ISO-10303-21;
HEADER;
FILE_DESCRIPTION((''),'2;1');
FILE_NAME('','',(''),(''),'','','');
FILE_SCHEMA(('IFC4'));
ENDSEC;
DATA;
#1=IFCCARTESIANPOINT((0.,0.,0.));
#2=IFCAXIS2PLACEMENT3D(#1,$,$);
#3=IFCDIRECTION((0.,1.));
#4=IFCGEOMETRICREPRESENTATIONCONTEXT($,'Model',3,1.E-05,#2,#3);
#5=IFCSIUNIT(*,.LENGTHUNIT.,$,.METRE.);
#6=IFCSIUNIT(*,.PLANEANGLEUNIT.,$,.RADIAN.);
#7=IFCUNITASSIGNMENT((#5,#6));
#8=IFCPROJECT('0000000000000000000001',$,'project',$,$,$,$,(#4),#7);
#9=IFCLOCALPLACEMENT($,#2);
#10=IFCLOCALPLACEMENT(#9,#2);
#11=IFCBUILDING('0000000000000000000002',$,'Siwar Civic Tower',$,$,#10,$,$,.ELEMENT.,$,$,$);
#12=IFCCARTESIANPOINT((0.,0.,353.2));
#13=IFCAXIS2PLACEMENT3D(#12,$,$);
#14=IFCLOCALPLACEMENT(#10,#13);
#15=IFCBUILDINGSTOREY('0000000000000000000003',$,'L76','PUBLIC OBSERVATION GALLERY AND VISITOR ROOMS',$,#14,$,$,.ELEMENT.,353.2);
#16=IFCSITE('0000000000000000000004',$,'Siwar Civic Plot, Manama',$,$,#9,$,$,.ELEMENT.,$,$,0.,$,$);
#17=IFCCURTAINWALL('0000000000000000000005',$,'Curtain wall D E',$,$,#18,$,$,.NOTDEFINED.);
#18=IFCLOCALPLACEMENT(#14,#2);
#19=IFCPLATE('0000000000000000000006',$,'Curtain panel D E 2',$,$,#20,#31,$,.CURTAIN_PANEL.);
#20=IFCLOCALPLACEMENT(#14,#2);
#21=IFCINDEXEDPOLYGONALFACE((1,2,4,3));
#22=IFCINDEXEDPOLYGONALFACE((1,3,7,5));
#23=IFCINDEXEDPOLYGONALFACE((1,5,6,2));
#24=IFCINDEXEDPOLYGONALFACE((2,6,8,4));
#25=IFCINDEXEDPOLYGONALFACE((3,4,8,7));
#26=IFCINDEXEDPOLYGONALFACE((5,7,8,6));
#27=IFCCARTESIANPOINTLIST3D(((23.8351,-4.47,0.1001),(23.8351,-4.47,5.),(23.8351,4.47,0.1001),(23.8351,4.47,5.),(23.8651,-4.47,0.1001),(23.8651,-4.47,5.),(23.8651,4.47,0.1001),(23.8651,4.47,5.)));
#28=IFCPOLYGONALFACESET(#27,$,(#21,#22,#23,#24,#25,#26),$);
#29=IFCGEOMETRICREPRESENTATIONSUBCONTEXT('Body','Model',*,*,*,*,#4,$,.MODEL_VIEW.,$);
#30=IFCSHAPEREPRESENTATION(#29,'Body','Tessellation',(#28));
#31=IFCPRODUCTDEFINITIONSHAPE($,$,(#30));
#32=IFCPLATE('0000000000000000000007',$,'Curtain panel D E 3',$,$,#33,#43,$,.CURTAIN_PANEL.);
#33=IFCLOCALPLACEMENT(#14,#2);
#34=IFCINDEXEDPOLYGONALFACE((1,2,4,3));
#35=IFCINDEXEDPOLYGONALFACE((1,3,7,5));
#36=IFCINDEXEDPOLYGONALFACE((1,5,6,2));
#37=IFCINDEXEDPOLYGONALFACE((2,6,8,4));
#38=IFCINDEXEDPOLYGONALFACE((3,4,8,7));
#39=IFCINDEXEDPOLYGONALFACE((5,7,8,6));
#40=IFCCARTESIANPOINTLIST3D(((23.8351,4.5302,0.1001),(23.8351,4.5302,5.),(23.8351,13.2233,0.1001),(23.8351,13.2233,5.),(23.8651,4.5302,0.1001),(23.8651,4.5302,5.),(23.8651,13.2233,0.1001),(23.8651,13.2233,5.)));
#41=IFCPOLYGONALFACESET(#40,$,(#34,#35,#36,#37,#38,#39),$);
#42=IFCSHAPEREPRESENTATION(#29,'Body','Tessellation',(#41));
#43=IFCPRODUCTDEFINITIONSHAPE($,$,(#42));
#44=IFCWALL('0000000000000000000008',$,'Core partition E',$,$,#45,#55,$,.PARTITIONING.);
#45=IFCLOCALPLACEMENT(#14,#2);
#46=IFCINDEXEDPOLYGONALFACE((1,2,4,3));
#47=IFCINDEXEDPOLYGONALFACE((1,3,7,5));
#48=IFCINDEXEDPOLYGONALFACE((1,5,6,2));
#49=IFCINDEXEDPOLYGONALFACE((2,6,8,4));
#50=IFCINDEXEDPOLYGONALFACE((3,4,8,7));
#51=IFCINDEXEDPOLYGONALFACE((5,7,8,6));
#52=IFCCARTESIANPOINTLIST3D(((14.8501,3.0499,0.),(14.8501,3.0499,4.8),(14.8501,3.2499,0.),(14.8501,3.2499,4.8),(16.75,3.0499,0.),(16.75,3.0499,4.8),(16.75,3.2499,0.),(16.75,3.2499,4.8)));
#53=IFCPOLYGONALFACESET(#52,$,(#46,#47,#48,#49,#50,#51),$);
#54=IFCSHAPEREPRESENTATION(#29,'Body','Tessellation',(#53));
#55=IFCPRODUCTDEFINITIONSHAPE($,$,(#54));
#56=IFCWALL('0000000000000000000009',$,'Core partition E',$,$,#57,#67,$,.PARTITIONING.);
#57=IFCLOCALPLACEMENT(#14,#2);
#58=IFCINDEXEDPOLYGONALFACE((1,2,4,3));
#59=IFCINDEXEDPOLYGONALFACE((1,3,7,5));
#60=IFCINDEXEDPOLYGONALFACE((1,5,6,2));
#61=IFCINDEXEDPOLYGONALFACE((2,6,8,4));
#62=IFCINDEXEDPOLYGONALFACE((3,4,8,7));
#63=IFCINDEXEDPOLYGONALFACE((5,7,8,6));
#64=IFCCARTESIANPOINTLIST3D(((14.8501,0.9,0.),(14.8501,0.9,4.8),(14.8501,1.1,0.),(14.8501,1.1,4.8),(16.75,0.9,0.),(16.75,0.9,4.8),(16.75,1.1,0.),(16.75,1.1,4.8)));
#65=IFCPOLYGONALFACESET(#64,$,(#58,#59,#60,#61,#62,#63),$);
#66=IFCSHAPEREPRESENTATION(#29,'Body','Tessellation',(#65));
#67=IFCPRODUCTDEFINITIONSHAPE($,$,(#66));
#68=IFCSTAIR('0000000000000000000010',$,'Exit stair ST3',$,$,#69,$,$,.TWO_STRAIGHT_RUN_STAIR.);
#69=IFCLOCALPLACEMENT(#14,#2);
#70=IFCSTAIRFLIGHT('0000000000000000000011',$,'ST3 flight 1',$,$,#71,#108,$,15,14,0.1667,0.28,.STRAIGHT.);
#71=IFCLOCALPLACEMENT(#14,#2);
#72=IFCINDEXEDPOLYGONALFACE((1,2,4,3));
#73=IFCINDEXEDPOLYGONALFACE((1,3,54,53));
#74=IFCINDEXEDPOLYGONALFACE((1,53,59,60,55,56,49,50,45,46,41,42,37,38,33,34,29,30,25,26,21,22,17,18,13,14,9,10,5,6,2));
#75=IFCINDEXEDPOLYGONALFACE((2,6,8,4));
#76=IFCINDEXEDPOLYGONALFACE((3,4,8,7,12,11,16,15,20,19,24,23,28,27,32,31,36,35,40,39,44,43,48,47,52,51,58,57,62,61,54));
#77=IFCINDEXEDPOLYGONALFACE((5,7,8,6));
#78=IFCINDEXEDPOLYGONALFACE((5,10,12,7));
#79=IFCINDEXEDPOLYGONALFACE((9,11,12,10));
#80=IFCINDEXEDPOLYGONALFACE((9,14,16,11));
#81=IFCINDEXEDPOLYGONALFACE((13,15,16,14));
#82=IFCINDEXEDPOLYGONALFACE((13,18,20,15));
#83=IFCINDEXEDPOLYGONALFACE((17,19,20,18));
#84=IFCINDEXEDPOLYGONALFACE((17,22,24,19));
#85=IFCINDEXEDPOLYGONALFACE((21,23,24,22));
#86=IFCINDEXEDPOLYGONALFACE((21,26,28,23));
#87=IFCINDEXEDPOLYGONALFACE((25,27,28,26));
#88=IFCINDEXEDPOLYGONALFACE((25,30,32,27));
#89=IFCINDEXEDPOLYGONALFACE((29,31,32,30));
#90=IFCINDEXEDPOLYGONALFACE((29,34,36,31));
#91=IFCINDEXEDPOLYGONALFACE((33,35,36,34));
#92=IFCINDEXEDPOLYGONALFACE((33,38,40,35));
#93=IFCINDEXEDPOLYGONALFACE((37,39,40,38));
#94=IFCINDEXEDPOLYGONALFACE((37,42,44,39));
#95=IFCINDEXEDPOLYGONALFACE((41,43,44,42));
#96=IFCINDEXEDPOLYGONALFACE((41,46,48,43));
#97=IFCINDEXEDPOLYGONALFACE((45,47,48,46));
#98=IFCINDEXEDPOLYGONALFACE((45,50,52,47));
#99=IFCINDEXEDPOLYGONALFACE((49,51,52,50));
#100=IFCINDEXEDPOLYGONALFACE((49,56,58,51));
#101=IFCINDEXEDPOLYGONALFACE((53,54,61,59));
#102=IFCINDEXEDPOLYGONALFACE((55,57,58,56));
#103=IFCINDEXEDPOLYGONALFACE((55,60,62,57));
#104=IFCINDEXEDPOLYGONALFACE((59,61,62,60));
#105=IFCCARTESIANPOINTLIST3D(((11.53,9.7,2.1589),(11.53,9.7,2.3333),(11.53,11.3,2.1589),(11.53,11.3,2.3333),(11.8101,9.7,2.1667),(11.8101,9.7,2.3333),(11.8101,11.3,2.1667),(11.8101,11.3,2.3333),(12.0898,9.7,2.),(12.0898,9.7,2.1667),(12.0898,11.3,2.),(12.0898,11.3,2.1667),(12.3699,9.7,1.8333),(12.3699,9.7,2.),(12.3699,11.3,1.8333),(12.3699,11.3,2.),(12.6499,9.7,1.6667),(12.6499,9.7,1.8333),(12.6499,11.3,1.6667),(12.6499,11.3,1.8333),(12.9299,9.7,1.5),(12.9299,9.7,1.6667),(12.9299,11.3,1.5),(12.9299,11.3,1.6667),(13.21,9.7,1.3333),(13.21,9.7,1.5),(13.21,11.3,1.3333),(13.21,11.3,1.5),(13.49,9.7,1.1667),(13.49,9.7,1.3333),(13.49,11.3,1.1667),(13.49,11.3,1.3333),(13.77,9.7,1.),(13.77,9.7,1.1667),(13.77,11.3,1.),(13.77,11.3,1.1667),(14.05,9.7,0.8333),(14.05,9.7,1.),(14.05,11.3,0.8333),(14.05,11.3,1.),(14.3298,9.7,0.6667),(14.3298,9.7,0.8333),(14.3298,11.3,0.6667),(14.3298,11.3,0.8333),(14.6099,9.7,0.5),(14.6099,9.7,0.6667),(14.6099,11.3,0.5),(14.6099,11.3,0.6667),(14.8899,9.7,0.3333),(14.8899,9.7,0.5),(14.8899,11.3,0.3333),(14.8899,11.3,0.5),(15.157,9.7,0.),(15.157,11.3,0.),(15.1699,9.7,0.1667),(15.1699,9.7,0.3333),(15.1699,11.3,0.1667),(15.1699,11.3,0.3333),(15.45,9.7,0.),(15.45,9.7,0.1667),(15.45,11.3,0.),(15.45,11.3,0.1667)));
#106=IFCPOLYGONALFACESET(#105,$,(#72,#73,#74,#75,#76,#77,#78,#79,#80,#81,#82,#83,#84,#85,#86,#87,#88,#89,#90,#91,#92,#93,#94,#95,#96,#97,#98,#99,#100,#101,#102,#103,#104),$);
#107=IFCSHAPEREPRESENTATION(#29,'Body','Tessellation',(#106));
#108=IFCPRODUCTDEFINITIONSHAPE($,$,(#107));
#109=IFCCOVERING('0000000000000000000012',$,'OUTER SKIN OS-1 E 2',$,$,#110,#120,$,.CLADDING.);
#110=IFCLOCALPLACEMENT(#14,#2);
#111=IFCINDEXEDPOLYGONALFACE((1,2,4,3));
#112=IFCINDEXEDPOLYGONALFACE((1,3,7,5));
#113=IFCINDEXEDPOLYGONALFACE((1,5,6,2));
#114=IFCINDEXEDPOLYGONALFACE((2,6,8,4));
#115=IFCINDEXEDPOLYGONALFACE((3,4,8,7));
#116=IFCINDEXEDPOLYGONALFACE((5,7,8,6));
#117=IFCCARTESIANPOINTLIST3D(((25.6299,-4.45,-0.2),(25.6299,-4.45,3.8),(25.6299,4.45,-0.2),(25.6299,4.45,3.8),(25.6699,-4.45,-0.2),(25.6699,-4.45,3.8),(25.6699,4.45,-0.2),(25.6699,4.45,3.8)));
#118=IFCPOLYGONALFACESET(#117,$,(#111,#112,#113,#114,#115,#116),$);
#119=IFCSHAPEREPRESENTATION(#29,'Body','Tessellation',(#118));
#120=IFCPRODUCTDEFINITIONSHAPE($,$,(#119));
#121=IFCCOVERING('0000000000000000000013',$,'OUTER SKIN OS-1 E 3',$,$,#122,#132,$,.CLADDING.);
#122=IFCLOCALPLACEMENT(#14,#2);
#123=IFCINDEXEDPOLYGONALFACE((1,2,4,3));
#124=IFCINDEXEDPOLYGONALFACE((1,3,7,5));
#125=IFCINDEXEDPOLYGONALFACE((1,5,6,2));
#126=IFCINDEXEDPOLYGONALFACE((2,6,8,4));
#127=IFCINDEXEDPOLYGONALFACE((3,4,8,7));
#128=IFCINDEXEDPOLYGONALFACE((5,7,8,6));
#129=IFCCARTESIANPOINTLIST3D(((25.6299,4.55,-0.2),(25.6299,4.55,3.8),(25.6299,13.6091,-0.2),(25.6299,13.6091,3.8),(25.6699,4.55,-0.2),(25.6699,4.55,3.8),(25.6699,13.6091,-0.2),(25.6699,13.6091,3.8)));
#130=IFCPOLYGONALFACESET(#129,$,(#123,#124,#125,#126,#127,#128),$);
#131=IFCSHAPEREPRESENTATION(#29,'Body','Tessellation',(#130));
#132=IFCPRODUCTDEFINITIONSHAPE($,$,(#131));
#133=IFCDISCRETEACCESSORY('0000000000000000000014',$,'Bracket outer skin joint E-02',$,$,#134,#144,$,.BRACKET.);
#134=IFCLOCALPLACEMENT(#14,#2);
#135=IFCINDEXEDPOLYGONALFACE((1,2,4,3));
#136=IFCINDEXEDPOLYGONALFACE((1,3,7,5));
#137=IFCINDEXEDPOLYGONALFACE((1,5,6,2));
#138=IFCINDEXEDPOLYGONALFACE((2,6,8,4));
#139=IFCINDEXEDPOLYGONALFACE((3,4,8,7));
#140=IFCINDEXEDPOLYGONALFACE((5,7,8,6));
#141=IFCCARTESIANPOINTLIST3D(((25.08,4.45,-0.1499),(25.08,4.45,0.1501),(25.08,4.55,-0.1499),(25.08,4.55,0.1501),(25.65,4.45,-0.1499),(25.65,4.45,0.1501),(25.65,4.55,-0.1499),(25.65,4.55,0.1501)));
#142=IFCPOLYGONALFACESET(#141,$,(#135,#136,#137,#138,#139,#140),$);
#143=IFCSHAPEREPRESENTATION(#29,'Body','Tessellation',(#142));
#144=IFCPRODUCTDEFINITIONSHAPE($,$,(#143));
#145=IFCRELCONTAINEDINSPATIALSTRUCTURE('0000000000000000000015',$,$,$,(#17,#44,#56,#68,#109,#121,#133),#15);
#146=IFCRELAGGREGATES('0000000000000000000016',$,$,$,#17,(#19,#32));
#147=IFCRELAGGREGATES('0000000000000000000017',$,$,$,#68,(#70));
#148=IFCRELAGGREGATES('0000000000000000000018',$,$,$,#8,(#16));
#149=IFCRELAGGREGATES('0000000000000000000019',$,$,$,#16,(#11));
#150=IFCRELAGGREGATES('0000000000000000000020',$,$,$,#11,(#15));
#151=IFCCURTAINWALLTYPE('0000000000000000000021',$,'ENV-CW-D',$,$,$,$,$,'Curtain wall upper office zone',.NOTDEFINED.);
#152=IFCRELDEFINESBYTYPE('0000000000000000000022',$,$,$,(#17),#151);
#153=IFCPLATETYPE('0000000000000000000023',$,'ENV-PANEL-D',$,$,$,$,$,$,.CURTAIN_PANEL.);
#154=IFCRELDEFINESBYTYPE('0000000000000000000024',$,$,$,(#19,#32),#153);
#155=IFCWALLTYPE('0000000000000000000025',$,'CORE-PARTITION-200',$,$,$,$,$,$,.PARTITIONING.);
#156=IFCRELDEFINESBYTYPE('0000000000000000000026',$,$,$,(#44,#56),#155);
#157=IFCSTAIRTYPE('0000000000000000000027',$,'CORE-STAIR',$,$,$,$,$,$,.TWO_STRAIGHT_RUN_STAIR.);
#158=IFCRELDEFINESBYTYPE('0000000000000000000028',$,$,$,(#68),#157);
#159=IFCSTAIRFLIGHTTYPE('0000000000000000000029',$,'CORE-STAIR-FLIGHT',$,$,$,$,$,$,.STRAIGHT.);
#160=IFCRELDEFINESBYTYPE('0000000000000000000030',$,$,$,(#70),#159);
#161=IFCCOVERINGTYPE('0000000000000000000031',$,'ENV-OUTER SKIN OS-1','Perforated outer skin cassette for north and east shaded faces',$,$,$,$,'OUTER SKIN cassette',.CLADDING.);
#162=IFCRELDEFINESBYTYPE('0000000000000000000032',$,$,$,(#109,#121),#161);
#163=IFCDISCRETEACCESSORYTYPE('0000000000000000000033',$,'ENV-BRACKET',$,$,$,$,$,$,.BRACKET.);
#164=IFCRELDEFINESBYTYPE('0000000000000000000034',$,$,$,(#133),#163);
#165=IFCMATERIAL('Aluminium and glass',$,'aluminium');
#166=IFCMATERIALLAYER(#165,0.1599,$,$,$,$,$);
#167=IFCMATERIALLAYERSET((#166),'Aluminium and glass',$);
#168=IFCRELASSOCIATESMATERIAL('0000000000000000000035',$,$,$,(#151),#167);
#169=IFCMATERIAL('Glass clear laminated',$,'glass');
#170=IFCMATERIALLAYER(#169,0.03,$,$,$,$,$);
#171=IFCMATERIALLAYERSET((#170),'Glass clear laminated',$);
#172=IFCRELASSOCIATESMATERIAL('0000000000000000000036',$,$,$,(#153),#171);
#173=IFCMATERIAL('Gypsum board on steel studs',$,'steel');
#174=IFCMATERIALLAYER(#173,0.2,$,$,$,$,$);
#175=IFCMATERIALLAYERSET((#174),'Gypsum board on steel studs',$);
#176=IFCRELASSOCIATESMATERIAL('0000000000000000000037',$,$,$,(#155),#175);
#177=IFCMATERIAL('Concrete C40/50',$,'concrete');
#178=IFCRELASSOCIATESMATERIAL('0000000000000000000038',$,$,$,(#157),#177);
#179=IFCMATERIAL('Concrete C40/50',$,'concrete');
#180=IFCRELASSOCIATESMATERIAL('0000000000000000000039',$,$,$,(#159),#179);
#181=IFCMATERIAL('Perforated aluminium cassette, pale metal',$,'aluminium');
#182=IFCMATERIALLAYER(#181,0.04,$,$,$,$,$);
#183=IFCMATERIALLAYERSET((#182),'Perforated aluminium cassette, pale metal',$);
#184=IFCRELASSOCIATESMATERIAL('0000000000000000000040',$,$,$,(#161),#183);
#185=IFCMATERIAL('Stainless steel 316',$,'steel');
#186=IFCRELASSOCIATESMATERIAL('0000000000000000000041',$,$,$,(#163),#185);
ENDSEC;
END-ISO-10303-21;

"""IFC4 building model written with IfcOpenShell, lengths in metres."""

from ifc_helpers import new_model, si_unit, direction, frame, frame_2d, origin, origin_2d, place, context, subcontext, project, spatial, polyline, rectangle, outline, extrude, material, layer, layer_set, type_object, element, aggregate, save


model = new_model("IFC4")

# Units and contexts
model_context = context("Model", 3, precision=1e-05, world=origin(), true_north=direction((0.0, 1.0)))
body_context = subcontext(model_context, "Body", "Model", "MODEL_VIEW")
ifc_project = project(units=[si_unit("LENGTHUNIT", "METRE"), si_unit("PLANEANGLEUNIT", "RADIAN")], contexts=[model_context])

# Site, building, storey
site_placement = place(None, origin())
site = spatial("IfcSite", under=ifc_project, at=site_placement, Name="Siwar Civic Plot, Manama", CompositionType="ELEMENT", RefElevation=0.0)
building_placement = place(site_placement, origin())
building = spatial("IfcBuilding", under=site, at=building_placement, Name="Siwar Civic Tower", CompositionType="ELEMENT")
storey_placement = place(building_placement, frame((0.0, 0.0, 353.2)))
storey = spatial("IfcBuildingStorey", under=building, at=storey_placement, Name="L76", Description="PUBLIC OBSERVATION GALLERY AND VISITOR ROOMS", CompositionType="ELEMENT", Elevation=353.2)

# Curtain wall
ifc_material_1 = material(Name="Aluminium and glass", Category="aluminium")
ifc_layer_1 = layer(ifc_material_1, 0.1599)
ifc_layer_set_1 = layer_set([ifc_layer_1], Name="Aluminium and glass")
curtain_wall_type_1 = type_object("IfcCurtainWallType", Name="ENV-CW-D", ElementType="Curtain wall upper office zone", PredefinedType="NOTDEFINED", material=ifc_layer_set_1)
curtain_wall_1_placement = place(storey_placement, origin())
curtain_wall_1 = element("IfcCurtainWall", 1, at=curtain_wall_1_placement, inside=storey, type_object=curtain_wall_type_1, Name="Curtain wall D E", PredefinedType="NOTDEFINED")

# Plates
ifc_material_2 = material(Name="Glass clear laminated", Category="glass")
ifc_layer_2 = layer(ifc_material_2, 0.03)
ifc_layer_set_2 = layer_set([ifc_layer_2], Name="Glass clear laminated")
plate_type = type_object("IfcPlateType", Name="ENV-PANEL-D", PredefinedType="CURTAIN_PANEL", material=ifc_layer_set_2)
plate_1_placement = place(storey_placement, frame((23.8501, 0.0, 0.1001), z_axis=(0.0, 0.0, 1.0), x_axis=(0.0, 1.0, 0.0)))
plate_1 = element("IfcPlate", 2, at=plate_1_placement, type_object=plate_type, Name="Curtain panel D E 2", PredefinedType="CURTAIN_PANEL", context=body_context, shape_type="SweptSolid", body=[
    extrude(rectangle(XDim=8.9399, YDim=0.03, at=origin_2d()), origin(), (0.0, 0.0, 1.0), 4.8999),
])
plate_2_placement = place(storey_placement, frame((23.8501, 8.8767, 0.1001), z_axis=(0.0, 0.0, 1.0), x_axis=(0.0, 1.0, 0.0)))
plate_2 = element("IfcPlate", 3, at=plate_2_placement, type_object=plate_type, Name="Curtain panel D E 3", PredefinedType="CURTAIN_PANEL", context=body_context, shape_type="SweptSolid", body=[
    extrude(rectangle(XDim=8.6931, YDim=0.03, at=origin_2d()), origin(), (0.0, 0.0, 1.0), 4.8999),
])
aggregate(curtain_wall_1, [plate_1, plate_2])

# Walls
ifc_material_3 = material(Name="Gypsum board on steel studs", Category="steel")
ifc_layer_3 = layer(ifc_material_3, 0.2)
ifc_layer_set_3 = layer_set([ifc_layer_3], Name="Gypsum board on steel studs")
wall_type = type_object("IfcWallType", Name="CORE-PARTITION-200", PredefinedType="PARTITIONING", material=ifc_layer_set_3)
for number, where, z_axis, x_axis, name in (
    (4, (14.8501, 3.1499, 0.0), (0.0, 0.0, 1.0), (1.0, 0.0, 0.0), "Core partition E"),
    (5, (14.8501, 1.0, 0.0), (0.0, 0.0, 1.0), (1.0, 0.0, 0.0), "Core partition E"),
):
    element("IfcWall", number, at=place(storey_placement, frame(where, z_axis=z_axis, x_axis=x_axis)), inside=storey, type_object=wall_type, Name=name, PredefinedType="PARTITIONING", context=body_context, shape_type="SweptSolid", body=[
        extrude(rectangle(XDim=1.8999, YDim=0.2, at=frame_2d((0.95, 0.0))), origin(), (0.0, 0.0, 1.0), 4.8),
    ])

# Stair, stair flight
ifc_material_4 = material(Name="Concrete C40/50", Category="concrete")
stair_type = type_object("IfcStairType", Name="CORE-STAIR", PredefinedType="TWO_STRAIGHT_RUN_STAIR", material=ifc_material_4)
stair_placement = place(storey_placement, origin())
stair = element("IfcStair", 6, at=stair_placement, inside=storey, type_object=stair_type, Name="Exit stair ST3", PredefinedType="TWO_STRAIGHT_RUN_STAIR")
ifc_material_5 = material(Name="Concrete C40/50", Category="concrete")
stair_flight_type = type_object("IfcStairFlightType", Name="CORE-STAIR-FLIGHT", PredefinedType="STRAIGHT", material=ifc_material_5)
stair_flight_placement = place(storey_placement, frame((15.45, 10.5, 0.0), z_axis=(0.0, 0.0, 1.0), x_axis=(-1.0, 0.0, 0.0)))
stair_flight = element("IfcStairFlight", 7, at=stair_flight_placement, type_object=stair_flight_type, Name="ST3 flight 1", NumberOfRisers=15, NumberOfTreads=14, PredefinedType="STRAIGHT", RiserHeight=0.1667, TreadLength=0.28, context=body_context, shape_type="SweptSolid", body=[
    extrude(outline(polyline([(0.0, 0.0), (0.0, 0.1667), (0.28, 0.1667), (0.28, 0.3333), (0.5601, 0.3333), (0.5601, 0.5), (0.8401, 0.5), (0.8401, 0.6667), (1.1201, 0.6667), (1.1201, 0.8333), (1.3999, 0.8333), (1.3999, 1.0), (1.6799, 1.0), (1.6799, 1.1667), (1.96, 1.1667), (1.96, 1.3333), (2.24, 1.3333), (2.24, 1.5), (2.52, 1.5), (2.52, 1.6667), (2.8, 1.6667), (2.8, 1.8333), (3.0801, 1.8333), (3.0801, 2.0), (3.3601, 2.0), (3.3601, 2.1667), (3.6399, 2.1667), (3.6399, 2.3333), (3.9199, 2.3333), (3.9199, 2.5), (3.9199, 2.1589), (0.293, 0.0), (0.0, 0.0)])), frame((0.0, 0.8, 0.0), z_axis=(0.0, -1.0, 0.0), x_axis=(1.0, 0.0, 0.0)), (0.0, 0.0, 1.0), 1.6001),
])
aggregate(stair, [stair_flight])

# Coverings
ifc_material_6 = material(Name="Perforated aluminium cassette, pale metal", Category="aluminium")
ifc_layer_4 = layer(ifc_material_6, 0.04)
ifc_layer_set_4 = layer_set([ifc_layer_4], Name="Perforated aluminium cassette, pale metal")
covering_type = type_object("IfcCoveringType", Name="ENV-OUTER SKIN OS-1", Description="Perforated outer skin cassette for north and east shaded faces", ElementType="OUTER SKIN cassette", PredefinedType="CLADDING", material=ifc_layer_set_4)
covering_1_placement = place(storey_placement, frame((25.6499, 0.0, -0.2), z_axis=(0.0, 0.0, 1.0), x_axis=(0.0, 1.0, 0.0)))
element("IfcCovering", 8, at=covering_1_placement, inside=storey, type_object=covering_type, Name="OUTER SKIN OS-1 E 2", PredefinedType="CLADDING", context=body_context, shape_type="SweptSolid", body=[
    extrude(rectangle(XDim=8.8999, YDim=0.04, at=origin_2d()), origin(), (0.0, 0.0, 1.0), 4.0),
])
covering_2_placement = place(storey_placement, frame((25.6499, 9.0796, -0.2), z_axis=(0.0, 0.0, 1.0), x_axis=(0.0, 1.0, 0.0)))
element("IfcCovering", 9, at=covering_2_placement, inside=storey, type_object=covering_type, Name="OUTER SKIN OS-1 E 3", PredefinedType="CLADDING", context=body_context, shape_type="SweptSolid", body=[
    extrude(rectangle(XDim=9.0591, YDim=0.04, at=origin_2d()), origin(), (0.0, 0.0, 1.0), 4.0),
])

# Discrete accessory
ifc_material_7 = material(Name="Stainless steel 316", Category="steel")
discrete_accessory_type = type_object("IfcDiscreteAccessoryType", Name="ENV-BRACKET", PredefinedType="BRACKET", material=ifc_material_7)
discrete_accessory_placement = place(storey_placement, frame((25.365, 4.5, -0.1499), z_axis=(0.0, 0.0, 1.0), x_axis=(1.0, 0.0, 0.0)))
element("IfcDiscreteAccessory", 10, at=discrete_accessory_placement, inside=storey, type_object=discrete_accessory_type, Name="Bracket outer skin joint E-02", PredefinedType="BRACKET", context=body_context, shape_type="SweptSolid", body=[
    extrude(rectangle(XDim=0.5701, YDim=0.1001, at=origin_2d()), origin(), (0.0, 0.0, 1.0), 0.3),
])

save(model, "model.ifc")
